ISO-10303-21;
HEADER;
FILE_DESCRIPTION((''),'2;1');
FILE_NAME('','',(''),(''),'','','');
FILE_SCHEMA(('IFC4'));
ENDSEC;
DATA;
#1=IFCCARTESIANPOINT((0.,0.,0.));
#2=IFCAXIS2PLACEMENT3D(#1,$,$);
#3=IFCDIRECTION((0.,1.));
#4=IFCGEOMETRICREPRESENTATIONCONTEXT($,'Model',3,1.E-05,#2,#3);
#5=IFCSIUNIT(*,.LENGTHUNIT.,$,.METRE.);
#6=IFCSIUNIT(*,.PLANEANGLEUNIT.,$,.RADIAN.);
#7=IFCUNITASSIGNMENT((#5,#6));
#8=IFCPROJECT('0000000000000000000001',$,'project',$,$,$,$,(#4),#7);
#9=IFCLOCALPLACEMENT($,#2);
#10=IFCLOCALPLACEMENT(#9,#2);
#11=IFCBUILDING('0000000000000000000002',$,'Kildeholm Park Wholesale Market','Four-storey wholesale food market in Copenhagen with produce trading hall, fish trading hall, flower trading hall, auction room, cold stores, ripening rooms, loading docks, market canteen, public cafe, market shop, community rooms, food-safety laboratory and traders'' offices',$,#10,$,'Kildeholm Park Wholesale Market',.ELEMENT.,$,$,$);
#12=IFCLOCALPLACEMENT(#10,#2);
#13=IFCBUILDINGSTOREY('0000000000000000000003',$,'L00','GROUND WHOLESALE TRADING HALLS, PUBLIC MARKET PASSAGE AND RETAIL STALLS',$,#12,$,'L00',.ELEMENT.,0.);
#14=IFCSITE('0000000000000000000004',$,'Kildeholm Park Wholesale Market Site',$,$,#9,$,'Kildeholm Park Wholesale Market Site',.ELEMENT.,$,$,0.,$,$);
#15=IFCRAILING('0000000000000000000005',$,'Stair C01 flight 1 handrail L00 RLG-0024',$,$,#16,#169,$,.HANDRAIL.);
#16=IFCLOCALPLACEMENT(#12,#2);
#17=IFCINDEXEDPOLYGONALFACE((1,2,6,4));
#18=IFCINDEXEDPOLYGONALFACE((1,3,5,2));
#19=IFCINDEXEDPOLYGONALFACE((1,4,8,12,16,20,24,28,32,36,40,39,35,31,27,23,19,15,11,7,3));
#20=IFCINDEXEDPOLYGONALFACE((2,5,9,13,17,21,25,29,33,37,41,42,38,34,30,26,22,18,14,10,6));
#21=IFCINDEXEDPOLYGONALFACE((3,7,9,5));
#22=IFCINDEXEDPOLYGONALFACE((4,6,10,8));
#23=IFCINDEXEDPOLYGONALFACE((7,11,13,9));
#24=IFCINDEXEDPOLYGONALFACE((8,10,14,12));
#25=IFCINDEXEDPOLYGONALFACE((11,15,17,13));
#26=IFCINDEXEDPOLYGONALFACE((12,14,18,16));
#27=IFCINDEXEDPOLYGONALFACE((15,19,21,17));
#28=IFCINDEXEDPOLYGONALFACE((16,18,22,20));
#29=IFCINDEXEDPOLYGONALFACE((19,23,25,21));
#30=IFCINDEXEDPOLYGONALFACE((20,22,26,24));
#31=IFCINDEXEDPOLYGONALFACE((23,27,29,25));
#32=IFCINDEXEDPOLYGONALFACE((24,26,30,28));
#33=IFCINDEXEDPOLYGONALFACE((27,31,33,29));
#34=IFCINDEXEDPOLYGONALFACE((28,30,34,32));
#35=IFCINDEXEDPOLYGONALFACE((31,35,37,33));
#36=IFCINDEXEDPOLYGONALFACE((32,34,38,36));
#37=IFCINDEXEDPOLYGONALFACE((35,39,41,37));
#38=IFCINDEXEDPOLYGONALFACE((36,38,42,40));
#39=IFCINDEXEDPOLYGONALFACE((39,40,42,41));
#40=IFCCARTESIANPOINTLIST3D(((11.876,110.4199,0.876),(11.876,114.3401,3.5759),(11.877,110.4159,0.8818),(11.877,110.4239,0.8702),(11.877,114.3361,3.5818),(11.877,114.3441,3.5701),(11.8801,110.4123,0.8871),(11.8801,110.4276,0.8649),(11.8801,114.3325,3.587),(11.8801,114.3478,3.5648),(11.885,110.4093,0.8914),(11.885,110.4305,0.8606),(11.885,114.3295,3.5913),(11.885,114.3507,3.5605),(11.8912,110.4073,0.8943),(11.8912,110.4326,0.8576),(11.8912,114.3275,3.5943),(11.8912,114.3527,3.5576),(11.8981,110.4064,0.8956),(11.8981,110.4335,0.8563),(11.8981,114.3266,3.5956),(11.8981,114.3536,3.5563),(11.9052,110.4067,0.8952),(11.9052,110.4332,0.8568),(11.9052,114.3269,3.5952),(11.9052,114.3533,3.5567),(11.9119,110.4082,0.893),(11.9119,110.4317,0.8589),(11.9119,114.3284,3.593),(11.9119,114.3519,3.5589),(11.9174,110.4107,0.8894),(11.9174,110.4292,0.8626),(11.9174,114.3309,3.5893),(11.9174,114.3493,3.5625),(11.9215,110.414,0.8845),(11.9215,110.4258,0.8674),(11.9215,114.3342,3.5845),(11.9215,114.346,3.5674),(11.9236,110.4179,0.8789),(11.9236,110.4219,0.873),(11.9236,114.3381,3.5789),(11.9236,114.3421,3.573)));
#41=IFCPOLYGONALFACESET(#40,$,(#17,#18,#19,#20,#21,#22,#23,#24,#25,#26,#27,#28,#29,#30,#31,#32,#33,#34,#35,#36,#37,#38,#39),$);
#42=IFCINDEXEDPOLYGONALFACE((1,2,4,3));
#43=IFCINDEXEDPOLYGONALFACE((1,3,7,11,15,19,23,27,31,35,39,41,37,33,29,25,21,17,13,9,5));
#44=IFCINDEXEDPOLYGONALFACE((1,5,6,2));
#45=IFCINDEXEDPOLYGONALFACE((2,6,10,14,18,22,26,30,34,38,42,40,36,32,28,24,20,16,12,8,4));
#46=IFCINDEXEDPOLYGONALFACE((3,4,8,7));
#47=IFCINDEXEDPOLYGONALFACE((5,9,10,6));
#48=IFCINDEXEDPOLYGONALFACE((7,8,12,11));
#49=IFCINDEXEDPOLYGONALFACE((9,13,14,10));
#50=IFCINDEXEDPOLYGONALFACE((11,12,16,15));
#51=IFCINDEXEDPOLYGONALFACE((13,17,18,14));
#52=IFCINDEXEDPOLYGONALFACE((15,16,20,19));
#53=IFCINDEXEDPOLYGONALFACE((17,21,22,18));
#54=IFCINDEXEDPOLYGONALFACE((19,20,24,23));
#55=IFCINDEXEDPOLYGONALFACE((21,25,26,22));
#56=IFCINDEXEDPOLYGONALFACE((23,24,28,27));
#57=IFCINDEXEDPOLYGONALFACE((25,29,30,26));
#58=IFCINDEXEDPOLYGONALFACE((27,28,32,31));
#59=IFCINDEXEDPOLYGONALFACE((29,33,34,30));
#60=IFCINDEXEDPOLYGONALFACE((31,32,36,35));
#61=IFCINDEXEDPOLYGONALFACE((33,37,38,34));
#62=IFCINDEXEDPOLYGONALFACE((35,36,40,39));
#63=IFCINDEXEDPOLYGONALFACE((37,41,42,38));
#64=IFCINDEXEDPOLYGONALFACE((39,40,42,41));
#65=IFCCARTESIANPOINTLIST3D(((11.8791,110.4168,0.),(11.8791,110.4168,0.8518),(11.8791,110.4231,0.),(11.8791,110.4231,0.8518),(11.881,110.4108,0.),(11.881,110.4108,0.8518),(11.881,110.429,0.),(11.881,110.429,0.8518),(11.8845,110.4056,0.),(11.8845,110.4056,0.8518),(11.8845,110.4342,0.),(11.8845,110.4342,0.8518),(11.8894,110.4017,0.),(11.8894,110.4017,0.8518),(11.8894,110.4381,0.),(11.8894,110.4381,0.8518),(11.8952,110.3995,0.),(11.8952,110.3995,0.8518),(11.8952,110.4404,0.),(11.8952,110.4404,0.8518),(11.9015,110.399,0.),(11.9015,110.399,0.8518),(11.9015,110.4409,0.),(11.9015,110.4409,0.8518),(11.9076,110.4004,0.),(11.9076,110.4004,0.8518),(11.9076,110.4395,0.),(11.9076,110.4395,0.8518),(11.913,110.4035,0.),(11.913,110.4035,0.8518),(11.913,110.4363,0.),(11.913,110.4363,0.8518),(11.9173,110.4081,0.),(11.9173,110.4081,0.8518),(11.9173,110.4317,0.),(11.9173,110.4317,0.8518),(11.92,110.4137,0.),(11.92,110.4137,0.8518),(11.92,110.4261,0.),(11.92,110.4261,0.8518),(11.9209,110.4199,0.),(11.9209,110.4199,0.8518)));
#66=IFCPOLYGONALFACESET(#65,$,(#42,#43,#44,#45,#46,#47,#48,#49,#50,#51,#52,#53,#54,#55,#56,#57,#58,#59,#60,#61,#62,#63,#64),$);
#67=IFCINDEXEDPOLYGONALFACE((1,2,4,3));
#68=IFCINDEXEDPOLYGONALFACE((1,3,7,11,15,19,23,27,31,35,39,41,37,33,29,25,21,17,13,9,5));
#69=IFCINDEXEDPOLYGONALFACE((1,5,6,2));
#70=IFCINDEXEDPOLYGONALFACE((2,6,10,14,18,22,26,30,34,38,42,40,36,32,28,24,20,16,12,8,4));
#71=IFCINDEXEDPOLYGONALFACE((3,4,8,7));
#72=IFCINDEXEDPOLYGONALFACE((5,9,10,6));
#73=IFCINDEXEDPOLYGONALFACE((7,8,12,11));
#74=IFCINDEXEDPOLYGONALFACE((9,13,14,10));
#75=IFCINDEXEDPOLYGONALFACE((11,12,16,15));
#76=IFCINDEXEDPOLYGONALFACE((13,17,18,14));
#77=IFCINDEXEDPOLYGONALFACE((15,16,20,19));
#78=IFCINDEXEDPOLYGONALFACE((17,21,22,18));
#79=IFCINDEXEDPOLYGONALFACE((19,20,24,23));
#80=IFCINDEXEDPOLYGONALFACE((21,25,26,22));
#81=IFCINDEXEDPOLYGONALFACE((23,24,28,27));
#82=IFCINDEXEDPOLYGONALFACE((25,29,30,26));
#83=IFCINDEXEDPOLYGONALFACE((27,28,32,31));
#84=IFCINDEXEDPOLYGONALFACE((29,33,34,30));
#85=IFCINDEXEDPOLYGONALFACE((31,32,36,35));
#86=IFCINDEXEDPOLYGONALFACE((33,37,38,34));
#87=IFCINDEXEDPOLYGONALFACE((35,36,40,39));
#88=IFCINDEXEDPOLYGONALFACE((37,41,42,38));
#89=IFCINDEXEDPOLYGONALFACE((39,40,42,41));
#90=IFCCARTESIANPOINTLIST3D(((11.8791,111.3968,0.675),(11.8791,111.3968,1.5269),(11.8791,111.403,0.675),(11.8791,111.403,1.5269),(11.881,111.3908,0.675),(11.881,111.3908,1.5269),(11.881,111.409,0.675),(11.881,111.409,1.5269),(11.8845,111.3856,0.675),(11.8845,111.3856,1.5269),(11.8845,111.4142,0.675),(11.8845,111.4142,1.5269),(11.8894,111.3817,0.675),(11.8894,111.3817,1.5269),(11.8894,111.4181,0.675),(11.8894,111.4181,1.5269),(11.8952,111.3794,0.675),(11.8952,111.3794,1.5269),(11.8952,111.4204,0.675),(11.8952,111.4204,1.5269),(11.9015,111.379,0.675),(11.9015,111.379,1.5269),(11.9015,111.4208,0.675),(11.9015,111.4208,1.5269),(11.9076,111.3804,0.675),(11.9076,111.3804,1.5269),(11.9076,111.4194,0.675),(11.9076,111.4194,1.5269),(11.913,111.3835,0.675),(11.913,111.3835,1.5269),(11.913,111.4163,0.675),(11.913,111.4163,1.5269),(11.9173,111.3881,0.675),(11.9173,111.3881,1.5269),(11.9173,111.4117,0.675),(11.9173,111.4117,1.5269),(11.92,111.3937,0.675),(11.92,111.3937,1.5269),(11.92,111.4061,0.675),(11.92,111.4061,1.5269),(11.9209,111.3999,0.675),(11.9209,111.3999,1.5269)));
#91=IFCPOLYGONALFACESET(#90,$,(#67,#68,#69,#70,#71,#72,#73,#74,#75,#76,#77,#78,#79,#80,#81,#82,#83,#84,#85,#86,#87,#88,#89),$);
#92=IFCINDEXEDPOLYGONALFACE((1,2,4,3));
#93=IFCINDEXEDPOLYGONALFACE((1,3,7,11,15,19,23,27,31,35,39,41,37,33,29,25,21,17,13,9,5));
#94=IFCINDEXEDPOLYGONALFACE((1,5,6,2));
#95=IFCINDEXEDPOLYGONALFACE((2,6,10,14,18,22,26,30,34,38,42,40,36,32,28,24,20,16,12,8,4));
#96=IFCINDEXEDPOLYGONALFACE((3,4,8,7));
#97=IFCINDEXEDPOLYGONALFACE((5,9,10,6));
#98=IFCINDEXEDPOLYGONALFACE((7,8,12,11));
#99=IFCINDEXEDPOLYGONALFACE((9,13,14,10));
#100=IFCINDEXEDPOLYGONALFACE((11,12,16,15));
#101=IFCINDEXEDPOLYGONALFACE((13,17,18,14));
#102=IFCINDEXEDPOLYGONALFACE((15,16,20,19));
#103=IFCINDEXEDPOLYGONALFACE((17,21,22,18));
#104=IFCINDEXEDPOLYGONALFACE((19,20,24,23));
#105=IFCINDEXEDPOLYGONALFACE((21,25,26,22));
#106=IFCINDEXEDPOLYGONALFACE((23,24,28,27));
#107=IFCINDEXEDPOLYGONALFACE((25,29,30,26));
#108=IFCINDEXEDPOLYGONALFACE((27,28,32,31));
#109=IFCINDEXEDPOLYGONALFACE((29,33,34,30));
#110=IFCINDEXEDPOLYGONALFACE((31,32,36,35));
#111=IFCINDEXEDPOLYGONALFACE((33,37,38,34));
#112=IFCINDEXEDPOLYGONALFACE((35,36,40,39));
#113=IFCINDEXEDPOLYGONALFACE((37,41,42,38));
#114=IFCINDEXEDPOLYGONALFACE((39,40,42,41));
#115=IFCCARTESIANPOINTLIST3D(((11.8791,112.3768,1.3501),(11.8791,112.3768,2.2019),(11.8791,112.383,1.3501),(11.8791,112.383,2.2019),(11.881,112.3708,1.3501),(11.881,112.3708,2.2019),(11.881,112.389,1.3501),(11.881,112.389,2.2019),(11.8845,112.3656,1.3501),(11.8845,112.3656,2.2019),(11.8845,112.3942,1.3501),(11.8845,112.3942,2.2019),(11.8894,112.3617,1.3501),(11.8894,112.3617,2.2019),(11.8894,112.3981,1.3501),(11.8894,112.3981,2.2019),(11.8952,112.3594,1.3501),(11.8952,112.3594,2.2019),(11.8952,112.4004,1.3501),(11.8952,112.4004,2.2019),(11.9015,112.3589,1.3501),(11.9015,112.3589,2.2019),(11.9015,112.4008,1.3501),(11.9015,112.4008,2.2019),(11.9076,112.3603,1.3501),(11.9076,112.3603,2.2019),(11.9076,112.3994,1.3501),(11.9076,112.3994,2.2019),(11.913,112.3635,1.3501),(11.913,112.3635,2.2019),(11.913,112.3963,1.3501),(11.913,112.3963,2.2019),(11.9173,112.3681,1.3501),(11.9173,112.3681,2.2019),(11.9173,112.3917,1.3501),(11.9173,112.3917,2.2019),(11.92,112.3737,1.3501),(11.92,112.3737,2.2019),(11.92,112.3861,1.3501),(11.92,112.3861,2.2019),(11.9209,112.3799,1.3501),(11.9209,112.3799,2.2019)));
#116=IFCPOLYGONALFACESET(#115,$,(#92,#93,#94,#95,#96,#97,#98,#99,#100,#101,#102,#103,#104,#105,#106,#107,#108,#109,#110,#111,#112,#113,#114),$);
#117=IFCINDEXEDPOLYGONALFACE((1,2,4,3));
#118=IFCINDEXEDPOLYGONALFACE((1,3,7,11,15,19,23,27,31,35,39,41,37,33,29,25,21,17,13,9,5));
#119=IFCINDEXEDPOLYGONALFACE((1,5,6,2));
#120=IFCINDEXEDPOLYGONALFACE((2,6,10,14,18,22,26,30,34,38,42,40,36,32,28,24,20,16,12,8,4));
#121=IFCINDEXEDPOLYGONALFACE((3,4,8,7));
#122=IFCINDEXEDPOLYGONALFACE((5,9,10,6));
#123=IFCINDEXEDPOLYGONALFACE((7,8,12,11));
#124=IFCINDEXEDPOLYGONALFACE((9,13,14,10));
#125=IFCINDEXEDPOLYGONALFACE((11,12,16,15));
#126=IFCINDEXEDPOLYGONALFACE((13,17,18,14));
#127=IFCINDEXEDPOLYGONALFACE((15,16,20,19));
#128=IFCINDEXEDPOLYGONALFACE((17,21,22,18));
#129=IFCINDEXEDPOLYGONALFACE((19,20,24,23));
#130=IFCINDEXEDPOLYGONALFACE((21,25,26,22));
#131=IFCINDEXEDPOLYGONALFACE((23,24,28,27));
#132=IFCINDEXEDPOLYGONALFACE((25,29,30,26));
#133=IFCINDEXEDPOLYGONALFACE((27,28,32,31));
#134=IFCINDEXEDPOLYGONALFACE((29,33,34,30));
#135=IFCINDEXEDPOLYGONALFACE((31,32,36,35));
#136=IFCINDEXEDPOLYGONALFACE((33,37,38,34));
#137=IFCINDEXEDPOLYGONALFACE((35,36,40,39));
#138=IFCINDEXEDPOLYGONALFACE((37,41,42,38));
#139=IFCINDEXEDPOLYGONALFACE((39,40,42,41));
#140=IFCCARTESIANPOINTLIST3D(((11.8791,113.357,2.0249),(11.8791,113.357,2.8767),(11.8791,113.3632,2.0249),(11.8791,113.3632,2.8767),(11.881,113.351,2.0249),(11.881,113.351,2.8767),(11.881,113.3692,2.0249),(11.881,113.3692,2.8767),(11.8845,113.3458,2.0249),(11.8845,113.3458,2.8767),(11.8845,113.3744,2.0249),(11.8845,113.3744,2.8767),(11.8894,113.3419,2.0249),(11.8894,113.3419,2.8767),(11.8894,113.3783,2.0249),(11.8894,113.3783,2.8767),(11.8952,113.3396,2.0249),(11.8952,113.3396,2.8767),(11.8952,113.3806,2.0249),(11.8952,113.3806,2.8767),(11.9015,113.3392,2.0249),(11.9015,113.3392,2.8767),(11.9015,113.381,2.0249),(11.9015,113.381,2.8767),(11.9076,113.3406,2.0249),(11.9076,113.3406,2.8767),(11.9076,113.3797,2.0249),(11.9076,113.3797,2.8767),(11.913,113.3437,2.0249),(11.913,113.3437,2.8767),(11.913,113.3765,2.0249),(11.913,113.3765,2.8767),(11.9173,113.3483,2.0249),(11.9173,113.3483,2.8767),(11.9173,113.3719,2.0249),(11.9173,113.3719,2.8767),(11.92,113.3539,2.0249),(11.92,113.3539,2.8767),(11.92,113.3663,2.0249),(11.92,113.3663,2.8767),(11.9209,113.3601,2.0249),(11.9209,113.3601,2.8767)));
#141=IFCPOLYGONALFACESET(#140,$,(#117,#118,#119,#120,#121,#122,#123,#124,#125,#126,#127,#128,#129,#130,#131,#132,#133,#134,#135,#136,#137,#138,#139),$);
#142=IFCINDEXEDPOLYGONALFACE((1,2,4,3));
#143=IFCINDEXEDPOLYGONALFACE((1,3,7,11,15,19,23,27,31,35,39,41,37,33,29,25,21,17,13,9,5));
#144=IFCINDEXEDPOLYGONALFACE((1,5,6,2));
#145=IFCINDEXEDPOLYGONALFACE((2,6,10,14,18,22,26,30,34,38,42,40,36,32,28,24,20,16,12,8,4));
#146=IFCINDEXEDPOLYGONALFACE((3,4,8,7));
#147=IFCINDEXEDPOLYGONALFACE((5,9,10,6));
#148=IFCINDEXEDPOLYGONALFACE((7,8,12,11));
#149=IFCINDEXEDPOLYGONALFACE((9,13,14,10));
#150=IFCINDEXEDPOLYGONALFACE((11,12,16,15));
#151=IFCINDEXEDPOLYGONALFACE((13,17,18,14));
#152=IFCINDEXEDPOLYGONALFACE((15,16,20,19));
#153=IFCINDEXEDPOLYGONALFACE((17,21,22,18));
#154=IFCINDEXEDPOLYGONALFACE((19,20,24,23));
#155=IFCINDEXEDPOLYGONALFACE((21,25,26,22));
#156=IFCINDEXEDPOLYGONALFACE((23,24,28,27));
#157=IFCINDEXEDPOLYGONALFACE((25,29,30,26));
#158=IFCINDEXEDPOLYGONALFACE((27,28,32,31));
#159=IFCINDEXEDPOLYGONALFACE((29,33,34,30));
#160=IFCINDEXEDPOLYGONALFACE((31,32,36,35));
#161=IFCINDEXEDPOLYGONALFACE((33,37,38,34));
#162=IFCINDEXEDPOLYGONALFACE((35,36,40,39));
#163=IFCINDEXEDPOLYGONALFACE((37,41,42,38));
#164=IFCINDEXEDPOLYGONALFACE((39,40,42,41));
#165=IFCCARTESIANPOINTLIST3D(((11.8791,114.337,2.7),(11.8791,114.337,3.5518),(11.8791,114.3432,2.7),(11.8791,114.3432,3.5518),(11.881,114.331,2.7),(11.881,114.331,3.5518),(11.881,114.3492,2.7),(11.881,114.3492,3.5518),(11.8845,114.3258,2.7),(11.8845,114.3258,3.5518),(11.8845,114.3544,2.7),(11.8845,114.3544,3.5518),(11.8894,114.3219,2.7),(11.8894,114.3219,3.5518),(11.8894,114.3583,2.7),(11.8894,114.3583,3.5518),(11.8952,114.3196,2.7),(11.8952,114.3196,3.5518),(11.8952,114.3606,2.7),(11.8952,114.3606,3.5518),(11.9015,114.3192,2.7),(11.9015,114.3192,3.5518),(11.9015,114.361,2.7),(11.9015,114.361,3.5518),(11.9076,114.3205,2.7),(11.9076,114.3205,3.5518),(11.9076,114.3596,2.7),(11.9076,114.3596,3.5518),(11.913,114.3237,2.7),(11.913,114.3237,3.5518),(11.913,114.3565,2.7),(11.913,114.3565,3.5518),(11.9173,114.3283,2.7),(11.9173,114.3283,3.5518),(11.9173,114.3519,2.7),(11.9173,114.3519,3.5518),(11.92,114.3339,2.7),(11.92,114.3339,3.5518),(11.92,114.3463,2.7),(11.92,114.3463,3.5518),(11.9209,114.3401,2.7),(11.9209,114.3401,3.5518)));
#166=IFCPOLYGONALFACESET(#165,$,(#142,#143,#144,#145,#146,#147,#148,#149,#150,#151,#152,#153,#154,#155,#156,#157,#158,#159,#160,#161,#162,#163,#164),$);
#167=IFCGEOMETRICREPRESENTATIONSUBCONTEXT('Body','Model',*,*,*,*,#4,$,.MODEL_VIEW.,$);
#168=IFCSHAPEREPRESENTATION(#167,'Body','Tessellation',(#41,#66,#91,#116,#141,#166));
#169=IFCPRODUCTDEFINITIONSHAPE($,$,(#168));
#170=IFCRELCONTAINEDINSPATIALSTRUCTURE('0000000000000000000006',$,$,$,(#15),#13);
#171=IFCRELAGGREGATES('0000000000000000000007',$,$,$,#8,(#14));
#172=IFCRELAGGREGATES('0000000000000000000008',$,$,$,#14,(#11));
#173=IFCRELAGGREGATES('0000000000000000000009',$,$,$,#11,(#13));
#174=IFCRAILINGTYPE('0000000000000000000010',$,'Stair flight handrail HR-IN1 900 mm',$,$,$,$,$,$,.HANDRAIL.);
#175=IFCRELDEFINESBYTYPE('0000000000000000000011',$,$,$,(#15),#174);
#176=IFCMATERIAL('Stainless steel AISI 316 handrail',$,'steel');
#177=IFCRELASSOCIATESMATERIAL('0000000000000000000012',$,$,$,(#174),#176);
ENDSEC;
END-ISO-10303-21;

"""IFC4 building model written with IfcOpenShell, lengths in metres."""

from ifc_helpers import new_model, si_unit, direction, frame, origin, origin_2d, place, context, subcontext, project, spatial, circle, extrude, material, type_object, element, save


model = new_model("IFC4")

# Units and contexts
model_context = context("Model", 3, precision=1e-05, world=origin(), true_north=direction((0.0, 1.0)))
body_context = subcontext(model_context, "Body", "Model", "MODEL_VIEW")
ifc_project = project(units=[si_unit("LENGTHUNIT", "METRE"), si_unit("PLANEANGLEUNIT", "RADIAN")], contexts=[model_context])

# Site, building, storey
site_placement = place(None, origin())
site = spatial("IfcSite", under=ifc_project, at=site_placement, Name="Kildeholm Park Wholesale Market Site", LongName="Kildeholm Park Wholesale Market Site", CompositionType="ELEMENT", RefElevation=0.0)
building_placement = place(site_placement, origin())
building = spatial("IfcBuilding", under=site, at=building_placement, Name="Kildeholm Park Wholesale Market", Description="Four-storey wholesale food market in Copenhagen with produce trading hall, fish trading hall, flower trading hall, auction room, cold stores, ripening rooms, loading docks, market canteen, public cafe, market shop, community rooms, food-safety laboratory and traders' offices", LongName="Kildeholm Park Wholesale Market", CompositionType="ELEMENT")
storey_placement = place(building_placement, origin())
storey = spatial("IfcBuildingStorey", under=building, at=storey_placement, Name="L00", Description="GROUND WHOLESALE TRADING HALLS, PUBLIC MARKET PASSAGE AND RETAIL STALLS", LongName="L00", CompositionType="ELEMENT", Elevation=0.0)

# Railing
ifc_material_1 = material(Name="Stainless steel AISI 316 handrail", Category="steel")
railing_type_1 = type_object("IfcRailingType", Name="Stair flight handrail HR-IN1 900 mm", PredefinedType="HANDRAIL", material=ifc_material_1)
railing_1_placement = place(storey_placement, frame((11.8999, 110.4199, 0.0)))
element("IfcRailing", 1, at=railing_1_placement, inside=storey, type_object=railing_type_1, Name="Stair C01 flight 1 handrail L00 RLG-0024", PredefinedType="HANDRAIL", context=body_context, shape_type="SweptSolid", body=[
    extrude(circle(Radius=0.0239, at=origin_2d()), frame((0.0, 0.0, 0.876), z_axis=(0.0, 0.823567, 0.567219), x_axis=(-1.0, 0.0, 0.0)), (0.0, 0.0, 1.0), 4.76),
    extrude(circle(Radius=0.021, at=origin_2d()), origin(), (0.0, 0.0, 1.0), 0.8518),
    extrude(circle(Radius=0.021, at=origin_2d()), frame((0.0, 0.98, 0.675)), (0.0, 0.0, 1.0), 0.8518),
    extrude(circle(Radius=0.021, at=origin_2d()), frame((0.0, 1.96, 1.3501)), (0.0, 0.0, 1.0), 0.8518),
    extrude(circle(Radius=0.021, at=origin_2d()), frame((0.0, 2.9402, 2.0249)), (0.0, 0.0, 1.0), 0.8518),
    extrude(circle(Radius=0.021, at=origin_2d()), frame((0.0, 3.9202, 2.7)), (0.0, 0.0, 1.0), 0.8518),
])

save(model, "model.ifc")
